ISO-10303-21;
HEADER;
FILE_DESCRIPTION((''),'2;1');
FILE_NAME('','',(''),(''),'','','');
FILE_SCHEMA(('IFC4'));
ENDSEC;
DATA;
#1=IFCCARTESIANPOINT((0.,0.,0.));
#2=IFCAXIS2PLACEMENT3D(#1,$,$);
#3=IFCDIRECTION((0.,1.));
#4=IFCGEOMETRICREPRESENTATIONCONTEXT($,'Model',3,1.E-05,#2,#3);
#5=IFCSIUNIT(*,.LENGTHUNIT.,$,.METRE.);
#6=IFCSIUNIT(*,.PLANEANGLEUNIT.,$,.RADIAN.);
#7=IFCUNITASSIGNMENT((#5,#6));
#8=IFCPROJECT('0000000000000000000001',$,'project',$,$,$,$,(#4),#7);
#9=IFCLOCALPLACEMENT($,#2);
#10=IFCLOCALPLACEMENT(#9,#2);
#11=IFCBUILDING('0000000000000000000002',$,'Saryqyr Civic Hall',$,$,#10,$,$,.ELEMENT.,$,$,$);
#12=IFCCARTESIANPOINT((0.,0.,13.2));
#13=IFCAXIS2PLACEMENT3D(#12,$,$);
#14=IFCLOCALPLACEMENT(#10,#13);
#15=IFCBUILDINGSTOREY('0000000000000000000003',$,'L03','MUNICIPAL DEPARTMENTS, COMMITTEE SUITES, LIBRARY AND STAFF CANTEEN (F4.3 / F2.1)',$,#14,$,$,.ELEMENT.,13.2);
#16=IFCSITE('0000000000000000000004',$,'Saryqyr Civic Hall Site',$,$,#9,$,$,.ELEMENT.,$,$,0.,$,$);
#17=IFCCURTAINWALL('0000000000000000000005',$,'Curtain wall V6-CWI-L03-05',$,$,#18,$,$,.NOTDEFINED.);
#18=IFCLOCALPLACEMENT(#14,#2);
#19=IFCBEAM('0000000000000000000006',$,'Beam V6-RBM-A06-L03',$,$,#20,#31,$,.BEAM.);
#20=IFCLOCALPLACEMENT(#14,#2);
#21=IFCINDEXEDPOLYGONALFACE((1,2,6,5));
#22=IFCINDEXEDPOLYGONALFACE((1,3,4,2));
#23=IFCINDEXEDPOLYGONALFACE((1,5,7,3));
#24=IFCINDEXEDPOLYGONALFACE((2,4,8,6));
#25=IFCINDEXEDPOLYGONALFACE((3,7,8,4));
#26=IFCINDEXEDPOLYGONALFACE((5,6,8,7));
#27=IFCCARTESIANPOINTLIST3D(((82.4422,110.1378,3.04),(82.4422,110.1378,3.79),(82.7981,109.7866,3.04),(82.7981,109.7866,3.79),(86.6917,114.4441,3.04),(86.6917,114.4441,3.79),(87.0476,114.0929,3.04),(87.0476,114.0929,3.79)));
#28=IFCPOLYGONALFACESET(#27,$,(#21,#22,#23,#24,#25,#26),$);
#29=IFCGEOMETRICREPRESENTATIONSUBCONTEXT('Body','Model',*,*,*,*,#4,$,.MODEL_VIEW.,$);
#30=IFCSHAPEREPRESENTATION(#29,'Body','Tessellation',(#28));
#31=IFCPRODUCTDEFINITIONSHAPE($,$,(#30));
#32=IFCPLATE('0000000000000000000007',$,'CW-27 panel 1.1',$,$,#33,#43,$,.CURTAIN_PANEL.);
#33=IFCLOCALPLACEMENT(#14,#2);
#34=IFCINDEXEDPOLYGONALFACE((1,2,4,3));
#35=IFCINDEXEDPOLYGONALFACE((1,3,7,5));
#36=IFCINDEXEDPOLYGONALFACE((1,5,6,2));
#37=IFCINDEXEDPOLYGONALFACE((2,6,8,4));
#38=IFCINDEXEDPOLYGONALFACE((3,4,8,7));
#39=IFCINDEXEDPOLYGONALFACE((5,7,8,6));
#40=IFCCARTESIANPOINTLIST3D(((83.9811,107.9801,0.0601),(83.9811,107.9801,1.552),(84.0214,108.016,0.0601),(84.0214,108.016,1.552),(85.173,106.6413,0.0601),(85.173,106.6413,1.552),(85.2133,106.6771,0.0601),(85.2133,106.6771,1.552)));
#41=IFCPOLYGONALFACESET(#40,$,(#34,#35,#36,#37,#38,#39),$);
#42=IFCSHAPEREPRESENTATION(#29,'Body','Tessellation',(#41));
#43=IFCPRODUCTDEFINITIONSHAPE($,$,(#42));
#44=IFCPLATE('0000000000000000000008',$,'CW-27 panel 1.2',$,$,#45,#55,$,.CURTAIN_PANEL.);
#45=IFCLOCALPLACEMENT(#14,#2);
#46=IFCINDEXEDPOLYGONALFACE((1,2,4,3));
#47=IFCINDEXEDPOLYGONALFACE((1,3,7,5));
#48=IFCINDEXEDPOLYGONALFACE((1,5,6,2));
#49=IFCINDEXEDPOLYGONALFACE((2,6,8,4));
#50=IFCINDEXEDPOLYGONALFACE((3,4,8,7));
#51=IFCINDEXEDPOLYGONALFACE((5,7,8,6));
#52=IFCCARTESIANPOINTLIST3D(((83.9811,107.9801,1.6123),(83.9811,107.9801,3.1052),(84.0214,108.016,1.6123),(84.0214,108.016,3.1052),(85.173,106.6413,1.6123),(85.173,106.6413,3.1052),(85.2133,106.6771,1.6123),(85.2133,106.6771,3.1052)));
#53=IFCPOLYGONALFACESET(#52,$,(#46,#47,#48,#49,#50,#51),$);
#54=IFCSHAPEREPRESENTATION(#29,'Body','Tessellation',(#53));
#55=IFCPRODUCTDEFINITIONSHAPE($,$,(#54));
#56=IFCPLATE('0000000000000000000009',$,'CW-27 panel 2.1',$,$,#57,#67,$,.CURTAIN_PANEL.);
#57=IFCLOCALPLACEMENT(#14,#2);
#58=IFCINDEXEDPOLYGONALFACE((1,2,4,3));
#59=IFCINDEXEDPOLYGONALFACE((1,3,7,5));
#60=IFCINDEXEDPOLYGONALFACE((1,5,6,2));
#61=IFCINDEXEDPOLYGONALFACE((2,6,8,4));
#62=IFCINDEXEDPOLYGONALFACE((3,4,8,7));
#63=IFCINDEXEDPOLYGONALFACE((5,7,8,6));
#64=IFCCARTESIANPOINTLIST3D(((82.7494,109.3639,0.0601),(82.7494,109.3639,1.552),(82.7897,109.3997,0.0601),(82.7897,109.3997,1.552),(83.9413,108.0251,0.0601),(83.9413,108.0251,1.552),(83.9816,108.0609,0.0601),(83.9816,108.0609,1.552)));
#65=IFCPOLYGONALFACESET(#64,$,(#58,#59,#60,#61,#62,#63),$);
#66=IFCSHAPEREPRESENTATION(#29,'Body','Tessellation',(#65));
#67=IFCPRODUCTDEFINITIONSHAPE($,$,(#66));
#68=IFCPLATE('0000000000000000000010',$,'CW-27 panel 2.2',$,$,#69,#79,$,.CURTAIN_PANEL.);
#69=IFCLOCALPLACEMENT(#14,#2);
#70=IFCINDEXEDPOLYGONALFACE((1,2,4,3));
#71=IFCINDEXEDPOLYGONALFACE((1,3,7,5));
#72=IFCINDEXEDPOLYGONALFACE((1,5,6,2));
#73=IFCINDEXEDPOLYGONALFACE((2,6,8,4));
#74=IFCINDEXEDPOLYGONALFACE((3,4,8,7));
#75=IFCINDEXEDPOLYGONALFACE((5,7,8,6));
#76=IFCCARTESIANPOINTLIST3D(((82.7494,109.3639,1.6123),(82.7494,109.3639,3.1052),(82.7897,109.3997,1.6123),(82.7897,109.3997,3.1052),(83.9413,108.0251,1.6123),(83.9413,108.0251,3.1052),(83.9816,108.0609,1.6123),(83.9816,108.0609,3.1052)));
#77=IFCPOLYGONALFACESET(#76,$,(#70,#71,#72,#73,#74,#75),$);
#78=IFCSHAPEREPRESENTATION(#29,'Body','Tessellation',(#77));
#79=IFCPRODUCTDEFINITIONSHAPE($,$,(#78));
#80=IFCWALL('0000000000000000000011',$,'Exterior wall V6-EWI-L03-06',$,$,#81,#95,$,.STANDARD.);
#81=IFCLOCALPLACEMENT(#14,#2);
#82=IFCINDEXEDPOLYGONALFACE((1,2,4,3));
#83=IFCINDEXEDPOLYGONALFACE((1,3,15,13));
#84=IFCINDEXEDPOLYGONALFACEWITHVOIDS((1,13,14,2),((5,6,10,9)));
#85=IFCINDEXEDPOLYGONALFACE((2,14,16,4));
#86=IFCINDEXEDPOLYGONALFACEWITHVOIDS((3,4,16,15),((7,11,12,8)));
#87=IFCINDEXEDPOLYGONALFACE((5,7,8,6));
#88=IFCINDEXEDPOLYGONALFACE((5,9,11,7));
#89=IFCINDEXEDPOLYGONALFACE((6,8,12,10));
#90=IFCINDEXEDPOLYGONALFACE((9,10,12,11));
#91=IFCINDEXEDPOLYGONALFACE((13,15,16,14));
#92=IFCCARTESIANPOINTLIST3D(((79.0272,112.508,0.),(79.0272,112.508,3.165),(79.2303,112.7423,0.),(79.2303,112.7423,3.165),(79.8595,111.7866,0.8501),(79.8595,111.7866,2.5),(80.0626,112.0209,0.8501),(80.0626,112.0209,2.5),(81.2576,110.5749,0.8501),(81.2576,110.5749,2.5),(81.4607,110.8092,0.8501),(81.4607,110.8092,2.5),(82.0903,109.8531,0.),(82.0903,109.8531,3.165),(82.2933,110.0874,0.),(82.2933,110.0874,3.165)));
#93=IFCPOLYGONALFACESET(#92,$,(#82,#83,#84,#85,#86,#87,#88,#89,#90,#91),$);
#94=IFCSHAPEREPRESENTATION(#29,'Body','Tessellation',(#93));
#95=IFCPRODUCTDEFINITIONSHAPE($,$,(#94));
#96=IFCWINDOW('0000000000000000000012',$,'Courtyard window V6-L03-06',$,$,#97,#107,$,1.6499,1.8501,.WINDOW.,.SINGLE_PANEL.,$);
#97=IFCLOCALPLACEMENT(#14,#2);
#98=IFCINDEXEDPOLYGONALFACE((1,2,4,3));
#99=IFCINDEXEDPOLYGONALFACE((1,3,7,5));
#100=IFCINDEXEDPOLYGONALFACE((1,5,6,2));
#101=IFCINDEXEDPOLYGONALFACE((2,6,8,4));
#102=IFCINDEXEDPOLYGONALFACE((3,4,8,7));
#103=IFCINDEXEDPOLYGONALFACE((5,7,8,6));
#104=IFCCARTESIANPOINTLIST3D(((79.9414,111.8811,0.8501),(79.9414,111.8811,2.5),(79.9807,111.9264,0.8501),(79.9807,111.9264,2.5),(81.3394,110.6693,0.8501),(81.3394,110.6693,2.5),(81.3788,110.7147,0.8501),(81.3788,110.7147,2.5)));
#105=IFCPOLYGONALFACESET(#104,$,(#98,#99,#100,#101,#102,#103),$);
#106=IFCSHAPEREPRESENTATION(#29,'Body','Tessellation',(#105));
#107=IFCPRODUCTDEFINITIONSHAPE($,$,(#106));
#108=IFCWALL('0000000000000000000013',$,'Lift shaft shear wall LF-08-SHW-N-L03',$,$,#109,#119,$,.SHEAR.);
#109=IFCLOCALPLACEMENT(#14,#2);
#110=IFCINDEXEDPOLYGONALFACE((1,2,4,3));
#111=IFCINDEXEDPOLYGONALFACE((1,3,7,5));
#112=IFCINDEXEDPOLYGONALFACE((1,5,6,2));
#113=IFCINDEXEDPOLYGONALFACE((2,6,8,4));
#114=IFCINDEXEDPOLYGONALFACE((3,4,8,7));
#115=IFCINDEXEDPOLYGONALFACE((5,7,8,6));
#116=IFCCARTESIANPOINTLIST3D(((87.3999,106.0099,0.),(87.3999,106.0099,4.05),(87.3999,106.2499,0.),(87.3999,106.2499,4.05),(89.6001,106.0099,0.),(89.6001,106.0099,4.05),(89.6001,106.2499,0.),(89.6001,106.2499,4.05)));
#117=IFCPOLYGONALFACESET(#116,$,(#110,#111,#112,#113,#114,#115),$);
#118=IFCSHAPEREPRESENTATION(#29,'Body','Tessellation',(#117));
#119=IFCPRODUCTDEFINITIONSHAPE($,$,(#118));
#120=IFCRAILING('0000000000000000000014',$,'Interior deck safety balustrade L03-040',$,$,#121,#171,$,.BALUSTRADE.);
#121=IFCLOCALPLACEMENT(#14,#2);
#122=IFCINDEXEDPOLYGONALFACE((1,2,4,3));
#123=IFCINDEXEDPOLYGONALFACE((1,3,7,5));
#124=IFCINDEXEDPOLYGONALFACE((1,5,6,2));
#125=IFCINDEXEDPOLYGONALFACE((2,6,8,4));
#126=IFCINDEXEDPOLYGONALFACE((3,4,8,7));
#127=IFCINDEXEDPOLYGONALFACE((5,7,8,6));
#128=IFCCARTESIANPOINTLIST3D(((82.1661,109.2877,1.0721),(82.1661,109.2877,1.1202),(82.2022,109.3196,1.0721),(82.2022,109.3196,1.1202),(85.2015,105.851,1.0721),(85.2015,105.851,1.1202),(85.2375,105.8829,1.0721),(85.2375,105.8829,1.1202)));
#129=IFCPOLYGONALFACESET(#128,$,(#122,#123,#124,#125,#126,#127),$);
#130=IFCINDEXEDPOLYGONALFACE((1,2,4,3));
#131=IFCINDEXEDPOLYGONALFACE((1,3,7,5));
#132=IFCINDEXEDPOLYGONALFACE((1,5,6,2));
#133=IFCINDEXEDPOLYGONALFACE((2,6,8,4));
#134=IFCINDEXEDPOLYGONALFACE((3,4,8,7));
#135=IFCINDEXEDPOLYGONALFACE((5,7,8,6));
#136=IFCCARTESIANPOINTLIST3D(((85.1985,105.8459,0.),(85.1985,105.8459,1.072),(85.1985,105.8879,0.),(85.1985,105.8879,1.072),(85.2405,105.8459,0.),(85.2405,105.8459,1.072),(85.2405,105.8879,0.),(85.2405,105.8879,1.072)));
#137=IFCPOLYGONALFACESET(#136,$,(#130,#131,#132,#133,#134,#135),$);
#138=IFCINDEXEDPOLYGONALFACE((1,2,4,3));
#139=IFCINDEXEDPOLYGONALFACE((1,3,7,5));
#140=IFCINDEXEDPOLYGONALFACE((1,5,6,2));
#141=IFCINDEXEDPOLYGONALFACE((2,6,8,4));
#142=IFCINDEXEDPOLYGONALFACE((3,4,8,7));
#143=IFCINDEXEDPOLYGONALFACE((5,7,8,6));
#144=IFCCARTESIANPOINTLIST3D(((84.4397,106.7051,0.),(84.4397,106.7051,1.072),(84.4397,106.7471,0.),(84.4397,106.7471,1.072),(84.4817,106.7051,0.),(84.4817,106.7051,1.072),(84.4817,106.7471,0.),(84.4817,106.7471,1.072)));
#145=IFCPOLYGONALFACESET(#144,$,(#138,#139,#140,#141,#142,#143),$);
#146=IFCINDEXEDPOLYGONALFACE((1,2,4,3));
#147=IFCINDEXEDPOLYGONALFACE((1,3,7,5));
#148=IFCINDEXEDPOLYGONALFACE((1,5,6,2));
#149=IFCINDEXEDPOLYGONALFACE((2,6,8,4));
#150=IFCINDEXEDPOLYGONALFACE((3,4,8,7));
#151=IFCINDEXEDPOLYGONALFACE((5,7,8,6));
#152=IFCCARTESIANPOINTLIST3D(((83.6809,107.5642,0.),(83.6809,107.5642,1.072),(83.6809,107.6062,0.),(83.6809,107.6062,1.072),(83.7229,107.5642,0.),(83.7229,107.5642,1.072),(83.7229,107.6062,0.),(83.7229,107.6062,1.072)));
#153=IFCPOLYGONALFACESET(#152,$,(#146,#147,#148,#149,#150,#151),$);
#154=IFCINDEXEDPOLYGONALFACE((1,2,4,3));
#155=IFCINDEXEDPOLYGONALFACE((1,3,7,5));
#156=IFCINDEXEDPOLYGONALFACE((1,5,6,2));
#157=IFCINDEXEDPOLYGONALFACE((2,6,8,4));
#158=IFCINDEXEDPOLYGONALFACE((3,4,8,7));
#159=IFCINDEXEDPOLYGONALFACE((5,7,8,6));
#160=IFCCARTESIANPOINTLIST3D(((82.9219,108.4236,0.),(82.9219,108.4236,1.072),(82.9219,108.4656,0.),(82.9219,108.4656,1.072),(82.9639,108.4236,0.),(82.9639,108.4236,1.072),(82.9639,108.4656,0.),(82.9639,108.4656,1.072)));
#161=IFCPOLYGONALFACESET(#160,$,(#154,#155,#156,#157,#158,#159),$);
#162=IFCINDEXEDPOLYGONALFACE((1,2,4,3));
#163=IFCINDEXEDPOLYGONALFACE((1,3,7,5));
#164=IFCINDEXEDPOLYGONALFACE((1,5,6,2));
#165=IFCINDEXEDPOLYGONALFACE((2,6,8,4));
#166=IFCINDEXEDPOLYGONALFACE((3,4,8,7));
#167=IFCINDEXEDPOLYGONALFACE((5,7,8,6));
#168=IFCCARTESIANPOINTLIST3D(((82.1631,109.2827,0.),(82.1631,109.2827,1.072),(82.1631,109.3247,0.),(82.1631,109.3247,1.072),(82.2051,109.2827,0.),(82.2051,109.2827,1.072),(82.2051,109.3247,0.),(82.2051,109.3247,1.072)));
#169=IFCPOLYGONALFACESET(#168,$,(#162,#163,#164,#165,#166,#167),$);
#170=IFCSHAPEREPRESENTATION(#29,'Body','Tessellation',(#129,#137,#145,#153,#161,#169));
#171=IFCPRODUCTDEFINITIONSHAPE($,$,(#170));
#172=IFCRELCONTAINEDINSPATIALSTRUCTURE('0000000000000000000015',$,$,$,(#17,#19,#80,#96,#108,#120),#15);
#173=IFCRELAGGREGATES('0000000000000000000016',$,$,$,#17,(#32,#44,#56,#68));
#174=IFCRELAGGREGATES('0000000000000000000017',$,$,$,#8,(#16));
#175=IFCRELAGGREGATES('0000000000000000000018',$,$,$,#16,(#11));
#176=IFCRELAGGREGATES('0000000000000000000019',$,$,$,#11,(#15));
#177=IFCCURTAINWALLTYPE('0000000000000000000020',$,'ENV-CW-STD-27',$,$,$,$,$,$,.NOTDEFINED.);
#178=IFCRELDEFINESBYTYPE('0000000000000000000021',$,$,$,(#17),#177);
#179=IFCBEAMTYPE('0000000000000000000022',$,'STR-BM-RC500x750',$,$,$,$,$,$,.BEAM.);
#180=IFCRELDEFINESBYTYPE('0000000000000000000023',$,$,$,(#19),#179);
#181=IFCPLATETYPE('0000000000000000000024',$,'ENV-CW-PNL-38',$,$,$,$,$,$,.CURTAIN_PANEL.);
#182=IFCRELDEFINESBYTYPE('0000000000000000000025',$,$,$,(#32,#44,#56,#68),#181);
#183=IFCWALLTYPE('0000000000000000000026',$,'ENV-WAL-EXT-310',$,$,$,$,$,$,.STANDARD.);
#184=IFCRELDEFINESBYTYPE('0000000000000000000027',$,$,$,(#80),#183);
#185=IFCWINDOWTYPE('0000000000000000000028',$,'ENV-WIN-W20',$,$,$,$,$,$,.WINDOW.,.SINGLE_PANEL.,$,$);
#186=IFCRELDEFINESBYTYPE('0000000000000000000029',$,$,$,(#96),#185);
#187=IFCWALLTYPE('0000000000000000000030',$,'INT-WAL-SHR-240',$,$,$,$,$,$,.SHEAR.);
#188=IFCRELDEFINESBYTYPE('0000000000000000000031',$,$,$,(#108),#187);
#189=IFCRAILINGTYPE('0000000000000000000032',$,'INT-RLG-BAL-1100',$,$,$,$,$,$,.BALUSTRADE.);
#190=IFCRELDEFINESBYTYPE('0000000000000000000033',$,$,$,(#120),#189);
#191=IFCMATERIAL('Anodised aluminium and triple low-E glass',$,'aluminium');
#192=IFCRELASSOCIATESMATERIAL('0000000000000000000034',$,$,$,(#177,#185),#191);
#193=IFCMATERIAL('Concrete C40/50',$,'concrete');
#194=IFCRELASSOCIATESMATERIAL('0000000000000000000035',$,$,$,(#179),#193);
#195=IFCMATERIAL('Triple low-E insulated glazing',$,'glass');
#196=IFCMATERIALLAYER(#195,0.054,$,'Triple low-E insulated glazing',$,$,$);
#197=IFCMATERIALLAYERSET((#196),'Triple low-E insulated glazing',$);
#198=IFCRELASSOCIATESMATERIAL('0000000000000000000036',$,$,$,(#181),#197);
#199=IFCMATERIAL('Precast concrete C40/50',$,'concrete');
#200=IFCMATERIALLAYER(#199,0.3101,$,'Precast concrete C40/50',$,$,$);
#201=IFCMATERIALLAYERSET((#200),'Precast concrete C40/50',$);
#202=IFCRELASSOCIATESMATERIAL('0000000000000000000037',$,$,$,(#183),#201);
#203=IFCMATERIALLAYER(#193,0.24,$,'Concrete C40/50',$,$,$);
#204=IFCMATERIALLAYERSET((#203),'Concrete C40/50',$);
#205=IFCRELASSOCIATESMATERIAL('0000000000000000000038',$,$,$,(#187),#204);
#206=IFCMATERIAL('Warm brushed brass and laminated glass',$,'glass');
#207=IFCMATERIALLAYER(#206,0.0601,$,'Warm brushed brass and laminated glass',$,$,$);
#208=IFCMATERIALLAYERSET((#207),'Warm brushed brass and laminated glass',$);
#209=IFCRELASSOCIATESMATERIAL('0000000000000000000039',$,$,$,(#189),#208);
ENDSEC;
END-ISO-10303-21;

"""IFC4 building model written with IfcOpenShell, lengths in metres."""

from ifc_helpers import new_model, si_unit, direction, frame, frame_2d, origin, origin_2d, place, context, subcontext, project, spatial, rectangle, extrude, material, layer, layer_set, material_profile, profile_set, type_object, element, fill, aggregate, save


model = new_model("IFC4")

# Units and contexts
model_context = context("Model", 3, precision=1e-05, world=origin(), true_north=direction((0.0, 1.0)))
body_context = subcontext(model_context, "Body", "Model", "MODEL_VIEW")
ifc_project = project(units=[si_unit("LENGTHUNIT", "METRE"), si_unit("PLANEANGLEUNIT", "RADIAN")], contexts=[model_context])

# Site, building, storey
site_placement = place(None, origin())
site = spatial("IfcSite", under=ifc_project, at=site_placement, Name="Saryqyr Civic Hall Site", CompositionType="ELEMENT", RefElevation=0.0)
building_placement = place(site_placement, origin())
building = spatial("IfcBuilding", under=site, at=building_placement, Name="Saryqyr Civic Hall", CompositionType="ELEMENT")
storey_placement = place(building_placement, frame((0.0, 0.0, 13.2)))
storey = spatial("IfcBuildingStorey", under=building, at=storey_placement, Name="L03", Description="MUNICIPAL DEPARTMENTS, COMMITTEE SUITES, LIBRARY AND STAFF CANTEEN (F4.3 / F2.1)", CompositionType="ELEMENT", Elevation=13.2)

# Shared definitions
ifc_material_1 = material(Name="Concrete C40/50", Category="concrete")

# Curtain wall
ifc_material_2 = material(Name="Anodised aluminium and triple low-E glass", Category="aluminium")
curtain_wall_type = type_object("IfcCurtainWallType", Name="ENV-CW-STD-27", PredefinedType="NOTDEFINED", material=ifc_material_2)
curtain_wall_placement = place(storey_placement, origin())
curtain_wall = element("IfcCurtainWall", 1, at=curtain_wall_placement, inside=storey, type_object=curtain_wall_type, Name="Curtain wall V6-CWI-L03-05", PredefinedType="NOTDEFINED")

# Beam
ifc_material_profile_1 = material_profile(ifc_material_1, rectangle(XDim=0.5, YDim=0.75, at=origin_2d()), Name="RC 500x750")
ifc_profile_set_1 = profile_set([ifc_material_profile_1], Name="Concrete C40/50")
beam_type_1 = type_object("IfcBeamType", Name="STR-BM-RC500x750", PredefinedType="BEAM", material=ifc_profile_set_1)
beam_1_placement = place(storey_placement, frame((82.6201, 109.9622, 3.415), z_axis=(0.70239, 0.711792, 0.0), x_axis=(-0.711792, 0.70239, 0.0)))
element("IfcBeam", 2, at=beam_1_placement, inside=storey, type_object=beam_type_1, Name="Beam V6-RBM-A06-L03", PredefinedType="BEAM", context=body_context, shape_type="SweptSolid", body=[
    extrude(rectangle(XDim=0.5, YDim=0.75, at=origin_2d()), origin(), (0.0, 0.0, 1.0), 6.05),
])

# Plates
ifc_material_3 = material(Name="Triple low-E insulated glazing", Category="glass")
ifc_layer_1 = layer(ifc_material_3, 0.054, Name="Triple low-E insulated glazing")
ifc_layer_set_1 = layer_set([ifc_layer_1], Name="Triple low-E insulated glazing")
plate_type = type_object("IfcPlateType", Name="ENV-CW-PNL-38", PredefinedType="CURTAIN_PANEL", material=ifc_layer_set_1)
plate_1_placement = place(storey_placement, frame((84.5972, 107.3286, 0.0601), z_axis=(0.0, 0.0, 1.0), x_axis=(-0.664934, 0.746902, 0.0)))
plate_1 = element("IfcPlate", 3, at=plate_1_placement, type_object=plate_type, Name="CW-27 panel 1.1", PredefinedType="CURTAIN_PANEL", context=body_context, shape_type="SweptSolid", body=[
    extrude(rectangle(XDim=1.7925, YDim=0.054, at=origin_2d()), origin(), (0.0, 0.0, 1.0), 1.4919),
])
plate_2_placement = place(storey_placement, frame((84.5972, 107.3286, 1.6123), z_axis=(0.0, 0.0, 1.0), x_axis=(-0.664934, 0.746902, 0.0)))
plate_2 = element("IfcPlate", 4, at=plate_2_placement, type_object=plate_type, Name="CW-27 panel 1.2", PredefinedType="CURTAIN_PANEL", context=body_context, shape_type="SweptSolid", body=[
    extrude(rectangle(XDim=1.7925, YDim=0.054, at=origin_2d()), origin(), (0.0, 0.0, 1.0), 1.4929),
])
plate_3_placement = place(storey_placement, frame((83.3655, 108.7124, 0.0601), z_axis=(0.0, 0.0, 1.0), x_axis=(-0.664934, 0.746902, 0.0)))
plate_3 = element("IfcPlate", 5, at=plate_3_placement, type_object=plate_type, Name="CW-27 panel 2.1", PredefinedType="CURTAIN_PANEL", context=body_context, shape_type="SweptSolid", body=[
    extrude(rectangle(XDim=1.7925, YDim=0.054, at=origin_2d()), origin(), (0.0, 0.0, 1.0), 1.4919),
])
plate_4_placement = place(storey_placement, frame((83.3655, 108.7124, 1.6123), z_axis=(0.0, 0.0, 1.0), x_axis=(-0.664934, 0.746902, 0.0)))
plate_4 = element("IfcPlate", 6, at=plate_4_placement, type_object=plate_type, Name="CW-27 panel 2.2", PredefinedType="CURTAIN_PANEL", context=body_context, shape_type="SweptSolid", body=[
    extrude(rectangle(XDim=1.7925, YDim=0.054, at=origin_2d()), origin(), (0.0, 0.0, 1.0), 1.4929),
])
aggregate(curtain_wall, [plate_1, plate_2, plate_3, plate_4])

# Wall, opening, window
ifc_material_4 = material(Name="Precast concrete C40/50", Category="concrete")
ifc_layer_2 = layer(ifc_material_4, 0.3101, Name="Precast concrete C40/50")
ifc_layer_set_2 = layer_set([ifc_layer_2], Name="Precast concrete C40/50")
wall_type_1 = type_object("IfcWallType", Name="ENV-WAL-EXT-310", PredefinedType="STANDARD", material=ifc_layer_set_2)
wall_1_placement = place(storey_placement, frame((82.1919, 109.9702, 0.0), z_axis=(0.0, 0.0, 1.0), x_axis=(-0.755665, 0.654958, 0.0)))
wall_1 = element("IfcWall", 7, at=wall_1_placement, inside=storey, type_object=wall_type_1, Name="Exterior wall V6-EWI-L03-06", PredefinedType="STANDARD", context=body_context, shape_type="SweptSolid", body=[
    extrude(rectangle(XDim=4.0535, YDim=0.3101, at=frame_2d((2.0269, 0.0))), origin(), (0.0, 0.0, 1.0), 3.165),
])
opening_1_placement = place(wall_1_placement, frame((1.1021, 0.0, 0.8501)))
opening_1 = element("IfcOpeningElement", 8, at=opening_1_placement, cuts=wall_1, PredefinedType="OPENING", context=body_context, shape_type="SweptSolid", body=[
    extrude(rectangle(XDim=1.8501, YDim=1.6499, at=frame_2d((0.925, 0.825))), frame((0.0, 0.165, 0.0), z_axis=(0.0, -1.0, 0.0), x_axis=(1.0, 0.0, 0.0)), (0.0, 0.0, 1.0), 0.3301),
])
window_type = type_object("IfcWindowType", Name="ENV-WIN-W20", PartitioningType="SINGLE_PANEL", PredefinedType="WINDOW", material=ifc_material_2)
window_placement = place(opening_1_placement, origin())
window = element("IfcWindow", 9, at=window_placement, inside=storey, type_object=window_type, Name="Courtyard window V6-L03-06", OverallHeight=1.6499, OverallWidth=1.8501, PartitioningType="SINGLE_PANEL", PredefinedType="WINDOW", context=body_context, shape_type="SweptSolid", body=[
    extrude(rectangle(XDim=1.8501, YDim=1.6499, at=frame_2d((0.925, 0.825))), frame((0.0, 0.03, 0.0), z_axis=(0.0, -1.0, 0.0), x_axis=(1.0, 0.0, 0.0)), (0.0, 0.0, 1.0), 0.0601),
])
fill(opening_1, window)

# Wall
ifc_layer_3 = layer(ifc_material_1, 0.24, Name="Concrete C40/50")
ifc_layer_set_3 = layer_set([ifc_layer_3], Name="Concrete C40/50")
wall_type_2 = type_object("IfcWallType", Name="INT-WAL-SHR-240", PredefinedType="SHEAR", material=ifc_layer_set_3)
wall_2_placement = place(storey_placement, frame((87.3999, 106.1299, 0.0), z_axis=(0.0, 0.0, 1.0), x_axis=(1.0, 0.0, 0.0)))
element("IfcWall", 10, at=wall_2_placement, inside=storey, type_object=wall_type_2, Name="Lift shaft shear wall LF-08-SHW-N-L03", PredefinedType="SHEAR", context=body_context, shape_type="SweptSolid", body=[
    extrude(rectangle(XDim=2.2002, YDim=0.24, at=frame_2d((1.1001, 0.0))), origin(), (0.0, 0.0, 1.0), 4.05),
])

# Railing
ifc_material_5 = material(Name="Warm brushed brass and laminated glass", Category="glass")
ifc_layer_4 = layer(ifc_material_5, 0.0601, Name="Warm brushed brass and laminated glass")
ifc_layer_set_4 = layer_set([ifc_layer_4], Name="Warm brushed brass and laminated glass")
railing_type = type_object("IfcRailingType", Name="INT-RLG-BAL-1100", PredefinedType="BALUSTRADE", material=ifc_layer_set_4)
railing_1_placement = place(storey_placement, frame((85.2195, 105.8669, 0.0)))
element("IfcRailing", 11, at=railing_1_placement, inside=storey, type_object=railing_type, Name="Interior deck safety balustrade L03-040", PredefinedType="BALUSTRADE", context=body_context, shape_type="SweptSolid", body=[
    extrude(rectangle(XDim=0.0481, YDim=0.0481, at=origin_2d()), frame((0.0, 0.0, 1.0962), z_axis=(-0.661984, 0.749518, 0.0), x_axis=(-0.749518, -0.661984, 0.0)), (0.0, 0.0, 1.0), 4.5852),
    extrude(rectangle(XDim=0.042, YDim=0.042, at=origin_2d()), origin(), (0.0, 0.0, 1.0), 1.072),
    extrude(rectangle(XDim=0.042, YDim=0.042, at=origin_2d()), frame((-0.7588, 0.8591, 0.0)), (0.0, 0.0, 1.0), 1.072),
    extrude(rectangle(XDim=0.042, YDim=0.042, at=origin_2d()), frame((-1.5176, 1.7183, 0.0)), (0.0, 0.0, 1.0), 1.072),
    extrude(rectangle(XDim=0.042, YDim=0.042, at=origin_2d()), frame((-2.2766, 2.5776, 0.0)), (0.0, 0.0, 1.0), 1.072),
    extrude(rectangle(XDim=0.042, YDim=0.042, at=origin_2d()), frame((-3.0354, 3.4368, 0.0)), (0.0, 0.0, 1.0), 1.072),
])

save(model, "model.ifc")
